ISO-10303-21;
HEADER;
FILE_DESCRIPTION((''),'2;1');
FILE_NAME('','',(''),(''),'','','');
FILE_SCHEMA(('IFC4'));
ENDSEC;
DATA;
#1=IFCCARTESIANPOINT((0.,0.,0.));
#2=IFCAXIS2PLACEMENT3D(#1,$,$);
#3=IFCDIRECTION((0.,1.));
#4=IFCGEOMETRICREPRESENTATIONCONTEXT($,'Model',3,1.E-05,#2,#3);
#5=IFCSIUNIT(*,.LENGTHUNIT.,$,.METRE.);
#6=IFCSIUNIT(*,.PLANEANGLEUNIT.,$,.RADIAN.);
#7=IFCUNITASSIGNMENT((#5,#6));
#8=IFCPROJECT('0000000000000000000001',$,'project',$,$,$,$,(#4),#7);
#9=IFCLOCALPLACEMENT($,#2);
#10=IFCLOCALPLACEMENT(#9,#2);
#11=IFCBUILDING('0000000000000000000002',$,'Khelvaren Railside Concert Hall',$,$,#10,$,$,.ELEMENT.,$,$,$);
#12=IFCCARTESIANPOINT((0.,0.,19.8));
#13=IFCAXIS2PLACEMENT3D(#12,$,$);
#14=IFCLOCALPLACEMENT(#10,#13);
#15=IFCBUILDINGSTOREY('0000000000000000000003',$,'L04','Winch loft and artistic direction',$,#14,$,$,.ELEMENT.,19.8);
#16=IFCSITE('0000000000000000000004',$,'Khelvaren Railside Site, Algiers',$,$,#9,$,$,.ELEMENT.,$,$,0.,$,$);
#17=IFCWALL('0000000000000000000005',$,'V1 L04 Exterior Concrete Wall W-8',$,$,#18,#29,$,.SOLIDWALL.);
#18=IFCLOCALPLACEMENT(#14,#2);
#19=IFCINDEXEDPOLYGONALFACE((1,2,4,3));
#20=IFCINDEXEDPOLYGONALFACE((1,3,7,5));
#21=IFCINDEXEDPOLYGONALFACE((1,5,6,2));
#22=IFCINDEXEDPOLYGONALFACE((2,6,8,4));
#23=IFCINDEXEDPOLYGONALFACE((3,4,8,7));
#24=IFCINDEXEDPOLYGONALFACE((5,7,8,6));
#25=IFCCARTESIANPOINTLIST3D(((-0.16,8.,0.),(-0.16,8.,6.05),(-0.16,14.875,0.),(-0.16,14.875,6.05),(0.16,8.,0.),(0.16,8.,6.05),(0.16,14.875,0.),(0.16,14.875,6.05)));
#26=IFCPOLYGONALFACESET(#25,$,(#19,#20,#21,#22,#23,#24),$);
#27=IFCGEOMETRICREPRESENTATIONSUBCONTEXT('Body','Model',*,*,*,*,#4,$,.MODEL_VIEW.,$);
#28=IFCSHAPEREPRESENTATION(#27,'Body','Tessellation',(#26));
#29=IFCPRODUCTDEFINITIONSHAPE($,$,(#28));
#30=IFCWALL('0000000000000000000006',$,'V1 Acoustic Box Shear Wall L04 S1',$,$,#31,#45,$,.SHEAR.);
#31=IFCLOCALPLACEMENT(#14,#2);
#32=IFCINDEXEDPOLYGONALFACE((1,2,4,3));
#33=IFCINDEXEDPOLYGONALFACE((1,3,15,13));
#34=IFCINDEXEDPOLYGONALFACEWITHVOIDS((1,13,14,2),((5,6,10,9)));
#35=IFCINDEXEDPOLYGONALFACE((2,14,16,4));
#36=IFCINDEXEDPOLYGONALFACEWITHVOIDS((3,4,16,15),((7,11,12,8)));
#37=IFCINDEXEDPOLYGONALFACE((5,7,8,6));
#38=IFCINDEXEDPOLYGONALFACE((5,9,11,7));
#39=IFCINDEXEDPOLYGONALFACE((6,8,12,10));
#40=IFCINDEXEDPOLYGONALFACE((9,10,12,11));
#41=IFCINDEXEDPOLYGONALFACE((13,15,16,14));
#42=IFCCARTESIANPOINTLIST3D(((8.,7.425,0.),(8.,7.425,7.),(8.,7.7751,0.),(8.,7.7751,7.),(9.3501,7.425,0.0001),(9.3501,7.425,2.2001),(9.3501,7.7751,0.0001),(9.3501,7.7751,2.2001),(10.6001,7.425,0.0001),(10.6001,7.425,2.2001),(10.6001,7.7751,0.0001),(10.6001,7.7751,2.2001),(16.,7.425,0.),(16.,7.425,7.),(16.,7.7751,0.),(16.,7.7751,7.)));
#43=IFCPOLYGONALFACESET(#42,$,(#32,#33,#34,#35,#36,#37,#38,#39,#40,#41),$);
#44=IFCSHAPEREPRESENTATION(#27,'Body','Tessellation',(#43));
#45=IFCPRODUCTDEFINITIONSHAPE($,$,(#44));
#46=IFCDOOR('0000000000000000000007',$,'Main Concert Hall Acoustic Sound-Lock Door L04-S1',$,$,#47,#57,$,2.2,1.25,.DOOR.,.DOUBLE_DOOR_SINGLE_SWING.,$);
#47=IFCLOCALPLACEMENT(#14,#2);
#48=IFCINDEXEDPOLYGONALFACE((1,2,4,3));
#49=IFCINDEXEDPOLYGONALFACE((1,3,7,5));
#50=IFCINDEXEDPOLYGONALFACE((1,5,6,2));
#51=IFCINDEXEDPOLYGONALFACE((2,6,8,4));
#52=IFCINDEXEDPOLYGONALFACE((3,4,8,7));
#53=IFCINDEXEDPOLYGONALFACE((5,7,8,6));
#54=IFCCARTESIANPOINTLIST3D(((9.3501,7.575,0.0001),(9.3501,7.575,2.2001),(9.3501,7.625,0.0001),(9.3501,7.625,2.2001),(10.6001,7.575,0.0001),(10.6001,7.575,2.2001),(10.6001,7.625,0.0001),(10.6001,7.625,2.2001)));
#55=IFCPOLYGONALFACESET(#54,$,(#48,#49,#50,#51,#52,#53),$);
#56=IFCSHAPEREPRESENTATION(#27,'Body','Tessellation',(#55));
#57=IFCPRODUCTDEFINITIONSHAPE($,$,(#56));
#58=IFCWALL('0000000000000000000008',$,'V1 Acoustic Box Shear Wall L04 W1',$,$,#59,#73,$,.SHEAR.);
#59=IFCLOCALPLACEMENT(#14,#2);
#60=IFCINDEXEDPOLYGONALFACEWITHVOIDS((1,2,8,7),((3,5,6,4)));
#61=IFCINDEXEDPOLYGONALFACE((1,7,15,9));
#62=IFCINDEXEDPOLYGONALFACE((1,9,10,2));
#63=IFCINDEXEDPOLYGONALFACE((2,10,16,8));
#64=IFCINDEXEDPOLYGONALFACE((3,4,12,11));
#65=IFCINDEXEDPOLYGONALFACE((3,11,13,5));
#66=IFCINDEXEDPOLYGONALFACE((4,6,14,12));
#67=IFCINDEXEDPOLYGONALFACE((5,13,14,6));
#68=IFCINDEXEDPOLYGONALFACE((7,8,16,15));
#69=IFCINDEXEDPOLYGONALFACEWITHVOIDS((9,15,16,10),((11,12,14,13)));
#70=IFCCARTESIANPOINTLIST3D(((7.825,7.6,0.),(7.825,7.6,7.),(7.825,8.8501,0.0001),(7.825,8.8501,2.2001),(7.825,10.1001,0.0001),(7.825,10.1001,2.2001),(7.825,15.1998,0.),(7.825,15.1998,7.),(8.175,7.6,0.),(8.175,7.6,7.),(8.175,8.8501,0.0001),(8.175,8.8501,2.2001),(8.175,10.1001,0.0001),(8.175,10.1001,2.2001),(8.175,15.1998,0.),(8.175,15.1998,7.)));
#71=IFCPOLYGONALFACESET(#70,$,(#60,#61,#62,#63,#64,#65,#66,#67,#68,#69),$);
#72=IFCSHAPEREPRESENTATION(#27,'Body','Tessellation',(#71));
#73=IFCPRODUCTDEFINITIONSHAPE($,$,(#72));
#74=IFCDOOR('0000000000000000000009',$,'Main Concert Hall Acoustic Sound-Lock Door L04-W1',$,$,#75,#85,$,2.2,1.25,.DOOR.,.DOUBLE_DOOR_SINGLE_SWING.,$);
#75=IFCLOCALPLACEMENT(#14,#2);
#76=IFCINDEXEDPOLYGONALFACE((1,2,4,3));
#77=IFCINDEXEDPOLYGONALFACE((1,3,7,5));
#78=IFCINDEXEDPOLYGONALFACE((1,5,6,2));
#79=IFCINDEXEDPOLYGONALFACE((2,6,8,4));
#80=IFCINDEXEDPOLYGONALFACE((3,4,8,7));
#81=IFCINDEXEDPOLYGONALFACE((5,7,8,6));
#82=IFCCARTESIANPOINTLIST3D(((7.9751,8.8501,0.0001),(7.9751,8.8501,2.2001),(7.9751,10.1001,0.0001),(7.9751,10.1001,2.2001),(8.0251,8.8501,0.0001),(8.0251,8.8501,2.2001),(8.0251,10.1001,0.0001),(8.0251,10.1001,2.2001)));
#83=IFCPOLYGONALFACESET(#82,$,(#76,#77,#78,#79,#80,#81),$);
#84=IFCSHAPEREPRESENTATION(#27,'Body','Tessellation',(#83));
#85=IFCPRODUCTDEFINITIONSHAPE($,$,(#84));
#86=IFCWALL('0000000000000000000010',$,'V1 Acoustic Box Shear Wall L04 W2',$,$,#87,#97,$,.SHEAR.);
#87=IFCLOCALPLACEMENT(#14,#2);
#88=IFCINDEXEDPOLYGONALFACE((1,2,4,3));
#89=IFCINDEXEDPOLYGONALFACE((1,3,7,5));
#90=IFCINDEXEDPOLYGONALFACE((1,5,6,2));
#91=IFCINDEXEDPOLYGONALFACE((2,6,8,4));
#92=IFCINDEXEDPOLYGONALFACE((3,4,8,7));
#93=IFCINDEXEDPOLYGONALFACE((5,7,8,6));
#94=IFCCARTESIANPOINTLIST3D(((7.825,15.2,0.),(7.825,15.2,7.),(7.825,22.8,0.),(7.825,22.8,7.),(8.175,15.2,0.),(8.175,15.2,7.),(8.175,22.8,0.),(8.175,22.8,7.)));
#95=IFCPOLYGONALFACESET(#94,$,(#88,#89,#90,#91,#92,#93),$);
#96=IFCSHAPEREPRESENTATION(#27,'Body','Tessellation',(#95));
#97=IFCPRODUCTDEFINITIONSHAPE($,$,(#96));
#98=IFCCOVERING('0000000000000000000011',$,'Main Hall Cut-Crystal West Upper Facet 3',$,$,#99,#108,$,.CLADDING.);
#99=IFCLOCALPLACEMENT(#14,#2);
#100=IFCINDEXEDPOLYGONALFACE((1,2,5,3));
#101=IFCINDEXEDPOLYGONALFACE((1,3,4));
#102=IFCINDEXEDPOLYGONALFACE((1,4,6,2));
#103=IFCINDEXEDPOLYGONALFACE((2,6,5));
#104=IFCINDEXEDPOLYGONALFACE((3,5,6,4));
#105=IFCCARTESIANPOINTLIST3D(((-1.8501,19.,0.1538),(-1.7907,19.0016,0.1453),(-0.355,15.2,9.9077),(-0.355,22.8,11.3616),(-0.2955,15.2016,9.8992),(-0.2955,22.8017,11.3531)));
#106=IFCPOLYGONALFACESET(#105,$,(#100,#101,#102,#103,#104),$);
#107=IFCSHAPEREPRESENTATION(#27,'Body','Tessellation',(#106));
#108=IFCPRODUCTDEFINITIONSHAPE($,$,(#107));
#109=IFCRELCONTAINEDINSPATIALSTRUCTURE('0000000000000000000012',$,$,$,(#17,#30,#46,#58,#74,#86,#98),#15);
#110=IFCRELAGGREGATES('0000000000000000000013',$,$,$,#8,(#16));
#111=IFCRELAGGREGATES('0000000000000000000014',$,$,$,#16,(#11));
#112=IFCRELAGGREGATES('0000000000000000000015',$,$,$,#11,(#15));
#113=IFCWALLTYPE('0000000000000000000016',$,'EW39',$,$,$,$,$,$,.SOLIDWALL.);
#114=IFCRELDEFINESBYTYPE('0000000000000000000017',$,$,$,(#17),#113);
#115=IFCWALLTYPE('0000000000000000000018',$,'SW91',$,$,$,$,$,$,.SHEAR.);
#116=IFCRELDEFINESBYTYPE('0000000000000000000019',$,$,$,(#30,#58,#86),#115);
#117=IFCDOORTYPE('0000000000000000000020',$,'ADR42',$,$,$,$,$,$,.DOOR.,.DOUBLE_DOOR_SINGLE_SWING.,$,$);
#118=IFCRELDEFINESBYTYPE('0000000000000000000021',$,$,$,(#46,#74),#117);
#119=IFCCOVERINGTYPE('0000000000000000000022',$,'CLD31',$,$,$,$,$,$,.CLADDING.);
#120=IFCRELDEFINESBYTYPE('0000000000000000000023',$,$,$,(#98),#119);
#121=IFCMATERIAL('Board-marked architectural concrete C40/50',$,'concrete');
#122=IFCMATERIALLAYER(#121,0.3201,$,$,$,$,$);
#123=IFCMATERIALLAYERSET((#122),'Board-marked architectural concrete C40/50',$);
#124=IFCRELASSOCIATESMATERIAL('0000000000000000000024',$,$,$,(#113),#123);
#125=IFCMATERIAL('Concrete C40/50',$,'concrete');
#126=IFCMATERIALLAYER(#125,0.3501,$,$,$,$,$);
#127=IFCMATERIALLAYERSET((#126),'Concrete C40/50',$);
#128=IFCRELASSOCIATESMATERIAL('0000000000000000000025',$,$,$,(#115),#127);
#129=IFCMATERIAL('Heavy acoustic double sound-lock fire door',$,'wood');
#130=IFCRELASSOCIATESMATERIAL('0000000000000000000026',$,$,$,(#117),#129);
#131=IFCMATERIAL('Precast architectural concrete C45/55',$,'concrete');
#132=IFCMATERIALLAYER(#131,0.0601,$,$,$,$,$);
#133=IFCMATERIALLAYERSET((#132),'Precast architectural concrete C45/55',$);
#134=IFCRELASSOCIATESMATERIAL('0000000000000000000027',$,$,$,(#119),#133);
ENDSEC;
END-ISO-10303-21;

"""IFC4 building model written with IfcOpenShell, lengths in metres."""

from ifc_helpers import new_model, si_unit, direction, frame, frame_2d, origin, place, context, subcontext, project, spatial, polyline, rectangle, outline, extrude, material, layer, layer_set, type_object, element, fill, save


model = new_model("IFC4")

# Units and contexts
model_context = context("Model", 3, precision=1e-05, world=origin(), true_north=direction((0.0, 1.0)))
body_context = subcontext(model_context, "Body", "Model", "MODEL_VIEW")
ifc_project = project(units=[si_unit("LENGTHUNIT", "METRE"), si_unit("PLANEANGLEUNIT", "RADIAN")], contexts=[model_context])

# Site, building, storey
site_placement = place(None, origin())
site = spatial("IfcSite", under=ifc_project, at=site_placement, Name="Khelvaren Railside Site, Algiers", CompositionType="ELEMENT", RefElevation=0.0)
building_placement = place(site_placement, origin())
building = spatial("IfcBuilding", under=site, at=building_placement, Name="Khelvaren Railside Concert Hall", CompositionType="ELEMENT")
storey_placement = place(building_placement, frame((0.0, 0.0, 19.8)))
storey = spatial("IfcBuildingStorey", under=building, at=storey_placement, Name="L04", Description="Winch loft and artistic direction", CompositionType="ELEMENT", Elevation=19.8)

# Shared definitions
ifc_material_1 = material(Name="Concrete C40/50", Category="concrete")

# Wall
ifc_material_2 = material(Name="Board-marked architectural concrete C40/50", Category="concrete")
ifc_layer_1 = layer(ifc_material_2, 0.3201)
ifc_layer_set_1 = layer_set([ifc_layer_1], Name="Board-marked architectural concrete C40/50")
wall_type_1 = type_object("IfcWallType", Name="EW39", PredefinedType="SOLIDWALL", material=ifc_layer_set_1)
wall_1_placement = place(storey_placement, frame((0.0, 8.0, 0.0), z_axis=(0.0, 0.0, 1.0), x_axis=(0.0, 1.0, 0.0)))
element("IfcWall", 1, at=wall_1_placement, inside=storey, type_object=wall_type_1, Name="V1 L04 Exterior Concrete Wall W-8", PredefinedType="SOLIDWALL", context=body_context, shape_type="SweptSolid", body=[
    extrude(rectangle(XDim=6.875, YDim=0.3201, at=frame_2d((3.4375, 0.0))), origin(), (0.0, 0.0, 1.0), 6.05),
])

# Walls, openings, doors
ifc_layer_2 = layer(ifc_material_1, 0.3501)
ifc_layer_set_2 = layer_set([ifc_layer_2], Name="Concrete C40/50")
wall_type_2 = type_object("IfcWallType", Name="SW91", PredefinedType="SHEAR", material=ifc_layer_set_2)
wall_2_placement = place(storey_placement, frame((8.0, 7.6001, 0.0), z_axis=(0.0, 0.0, 1.0), x_axis=(1.0, 0.0, 0.0)))
wall_2 = element("IfcWall", 2, at=wall_2_placement, inside=storey, type_object=wall_type_2, Name="V1 Acoustic Box Shear Wall L04 S1", PredefinedType="SHEAR", context=body_context, shape_type="SweptSolid", body=[
    extrude(rectangle(XDim=8.0, YDim=0.3501, at=frame_2d((4.0, 0.0))), origin(), (0.0, 0.0, 1.0), 7.0),
])
opening_1_placement = place(wall_2_placement, frame((1.3501, 0.0, 0.0)))
opening_1 = element("IfcOpeningElement", 3, at=opening_1_placement, cuts=wall_2, PredefinedType="OPENING", context=body_context, shape_type="SweptSolid", body=[
    extrude(rectangle(XDim=1.25, YDim=2.2, at=frame_2d((0.625, 1.1001))), frame((0.0, 0.1851, 0.0), z_axis=(0.0, -1.0, 0.0), x_axis=(1.0, 0.0, 0.0)), (0.0, 0.0, 1.0), 0.3701),
])
ifc_material_3 = material(Name="Heavy acoustic double sound-lock fire door", Category="wood")
door_type = type_object("IfcDoorType", Name="ADR42", OperationType="DOUBLE_DOOR_SINGLE_SWING", PredefinedType="DOOR", material=ifc_material_3)
door_1_placement = place(opening_1_placement, origin())
door_1 = element("IfcDoor", 4, at=door_1_placement, inside=storey, type_object=door_type, Name="Main Concert Hall Acoustic Sound-Lock Door L04-S1", OperationType="DOUBLE_DOOR_SINGLE_SWING", OverallHeight=2.2, OverallWidth=1.25, PredefinedType="DOOR", context=body_context, shape_type="SweptSolid", body=[
    extrude(rectangle(XDim=1.25, YDim=2.2, at=frame_2d((0.625, 1.1001))), frame((0.0, 0.0249, 0.0), z_axis=(0.0, -1.0, 0.0), x_axis=(1.0, 0.0, 0.0)), (0.0, 0.0, 1.0), 0.05),
])
fill(opening_1, door_1)
wall_3_placement = place(storey_placement, frame((8.0, 7.6001, 0.0), z_axis=(0.0, 0.0, 1.0), x_axis=(0.0, 1.0, 0.0)))
wall_3 = element("IfcWall", 5, at=wall_3_placement, inside=storey, type_object=wall_type_2, Name="V1 Acoustic Box Shear Wall L04 W1", PredefinedType="SHEAR", context=body_context, shape_type="SweptSolid", body=[
    extrude(rectangle(XDim=7.5999, YDim=0.3501, at=frame_2d((3.7998, 0.0))), origin(), (0.0, 0.0, 1.0), 7.0),
])
opening_2_placement = place(wall_3_placement, frame((1.25, 0.0, 0.0)))
opening_2 = element("IfcOpeningElement", 6, at=opening_2_placement, cuts=wall_3, PredefinedType="OPENING", context=body_context, shape_type="SweptSolid", body=[
    extrude(rectangle(XDim=1.25, YDim=2.2, at=frame_2d((0.625, 1.1001))), frame((0.0, 0.1851, 0.0), z_axis=(0.0, -1.0, 0.0), x_axis=(1.0, 0.0, 0.0)), (0.0, 0.0, 1.0), 0.3701),
])
door_2_placement = place(opening_2_placement, origin())
door_2 = element("IfcDoor", 7, at=door_2_placement, inside=storey, type_object=door_type, Name="Main Concert Hall Acoustic Sound-Lock Door L04-W1", OperationType="DOUBLE_DOOR_SINGLE_SWING", OverallHeight=2.2, OverallWidth=1.25, PredefinedType="DOOR", context=body_context, shape_type="SweptSolid", body=[
    extrude(rectangle(XDim=1.25, YDim=2.2, at=frame_2d((0.625, 1.1001))), frame((0.0, 0.0249, 0.0), z_axis=(0.0, -1.0, 0.0), x_axis=(1.0, 0.0, 0.0)), (0.0, 0.0, 1.0), 0.05),
])
fill(opening_2, door_2)

# Wall
wall_4_placement = place(storey_placement, frame((8.0, 15.2, 0.0), z_axis=(0.0, 0.0, 1.0), x_axis=(0.0, 1.0, 0.0)))
element("IfcWall", 8, at=wall_4_placement, inside=storey, type_object=wall_type_2, Name="V1 Acoustic Box Shear Wall L04 W2", PredefinedType="SHEAR", context=body_context, shape_type="SweptSolid", body=[
    extrude(rectangle(XDim=7.6001, YDim=0.3501, at=frame_2d((3.8, 0.0))), origin(), (0.0, 0.0, 1.0), 7.0),
])

# Covering
ifc_material_4 = material(Name="Precast architectural concrete C45/55", Category="concrete")
ifc_layer_3 = layer(ifc_material_4, 0.0601)
ifc_layer_set_3 = layer_set([ifc_layer_3], Name="Precast architectural concrete C45/55")
covering_type = type_object("IfcCoveringType", Name="CLD31", PredefinedType="CLADDING", material=ifc_layer_set_3)
covering_placement = place(storey_placement, frame((-0.355, 15.2, 9.9077), z_axis=(-0.989617, -0.027005, 0.141171), x_axis=(0.0, 0.982191, 0.187888)))
element("IfcCovering", 9, at=covering_placement, inside=storey, type_object=covering_type, Name="Main Hall Cut-Crystal West Upper Facet 3", PredefinedType="CLADDING", context=body_context, shape_type="SweptSolid", body=[
    extrude(outline(polyline([(0.0, 0.0), (7.7379, 0.0), (1.8997, 10.4022), (0.0, 0.0)])), origin(), (0.0, 0.0, -1.0), 0.0601),
])

save(model, "model.ifc")
